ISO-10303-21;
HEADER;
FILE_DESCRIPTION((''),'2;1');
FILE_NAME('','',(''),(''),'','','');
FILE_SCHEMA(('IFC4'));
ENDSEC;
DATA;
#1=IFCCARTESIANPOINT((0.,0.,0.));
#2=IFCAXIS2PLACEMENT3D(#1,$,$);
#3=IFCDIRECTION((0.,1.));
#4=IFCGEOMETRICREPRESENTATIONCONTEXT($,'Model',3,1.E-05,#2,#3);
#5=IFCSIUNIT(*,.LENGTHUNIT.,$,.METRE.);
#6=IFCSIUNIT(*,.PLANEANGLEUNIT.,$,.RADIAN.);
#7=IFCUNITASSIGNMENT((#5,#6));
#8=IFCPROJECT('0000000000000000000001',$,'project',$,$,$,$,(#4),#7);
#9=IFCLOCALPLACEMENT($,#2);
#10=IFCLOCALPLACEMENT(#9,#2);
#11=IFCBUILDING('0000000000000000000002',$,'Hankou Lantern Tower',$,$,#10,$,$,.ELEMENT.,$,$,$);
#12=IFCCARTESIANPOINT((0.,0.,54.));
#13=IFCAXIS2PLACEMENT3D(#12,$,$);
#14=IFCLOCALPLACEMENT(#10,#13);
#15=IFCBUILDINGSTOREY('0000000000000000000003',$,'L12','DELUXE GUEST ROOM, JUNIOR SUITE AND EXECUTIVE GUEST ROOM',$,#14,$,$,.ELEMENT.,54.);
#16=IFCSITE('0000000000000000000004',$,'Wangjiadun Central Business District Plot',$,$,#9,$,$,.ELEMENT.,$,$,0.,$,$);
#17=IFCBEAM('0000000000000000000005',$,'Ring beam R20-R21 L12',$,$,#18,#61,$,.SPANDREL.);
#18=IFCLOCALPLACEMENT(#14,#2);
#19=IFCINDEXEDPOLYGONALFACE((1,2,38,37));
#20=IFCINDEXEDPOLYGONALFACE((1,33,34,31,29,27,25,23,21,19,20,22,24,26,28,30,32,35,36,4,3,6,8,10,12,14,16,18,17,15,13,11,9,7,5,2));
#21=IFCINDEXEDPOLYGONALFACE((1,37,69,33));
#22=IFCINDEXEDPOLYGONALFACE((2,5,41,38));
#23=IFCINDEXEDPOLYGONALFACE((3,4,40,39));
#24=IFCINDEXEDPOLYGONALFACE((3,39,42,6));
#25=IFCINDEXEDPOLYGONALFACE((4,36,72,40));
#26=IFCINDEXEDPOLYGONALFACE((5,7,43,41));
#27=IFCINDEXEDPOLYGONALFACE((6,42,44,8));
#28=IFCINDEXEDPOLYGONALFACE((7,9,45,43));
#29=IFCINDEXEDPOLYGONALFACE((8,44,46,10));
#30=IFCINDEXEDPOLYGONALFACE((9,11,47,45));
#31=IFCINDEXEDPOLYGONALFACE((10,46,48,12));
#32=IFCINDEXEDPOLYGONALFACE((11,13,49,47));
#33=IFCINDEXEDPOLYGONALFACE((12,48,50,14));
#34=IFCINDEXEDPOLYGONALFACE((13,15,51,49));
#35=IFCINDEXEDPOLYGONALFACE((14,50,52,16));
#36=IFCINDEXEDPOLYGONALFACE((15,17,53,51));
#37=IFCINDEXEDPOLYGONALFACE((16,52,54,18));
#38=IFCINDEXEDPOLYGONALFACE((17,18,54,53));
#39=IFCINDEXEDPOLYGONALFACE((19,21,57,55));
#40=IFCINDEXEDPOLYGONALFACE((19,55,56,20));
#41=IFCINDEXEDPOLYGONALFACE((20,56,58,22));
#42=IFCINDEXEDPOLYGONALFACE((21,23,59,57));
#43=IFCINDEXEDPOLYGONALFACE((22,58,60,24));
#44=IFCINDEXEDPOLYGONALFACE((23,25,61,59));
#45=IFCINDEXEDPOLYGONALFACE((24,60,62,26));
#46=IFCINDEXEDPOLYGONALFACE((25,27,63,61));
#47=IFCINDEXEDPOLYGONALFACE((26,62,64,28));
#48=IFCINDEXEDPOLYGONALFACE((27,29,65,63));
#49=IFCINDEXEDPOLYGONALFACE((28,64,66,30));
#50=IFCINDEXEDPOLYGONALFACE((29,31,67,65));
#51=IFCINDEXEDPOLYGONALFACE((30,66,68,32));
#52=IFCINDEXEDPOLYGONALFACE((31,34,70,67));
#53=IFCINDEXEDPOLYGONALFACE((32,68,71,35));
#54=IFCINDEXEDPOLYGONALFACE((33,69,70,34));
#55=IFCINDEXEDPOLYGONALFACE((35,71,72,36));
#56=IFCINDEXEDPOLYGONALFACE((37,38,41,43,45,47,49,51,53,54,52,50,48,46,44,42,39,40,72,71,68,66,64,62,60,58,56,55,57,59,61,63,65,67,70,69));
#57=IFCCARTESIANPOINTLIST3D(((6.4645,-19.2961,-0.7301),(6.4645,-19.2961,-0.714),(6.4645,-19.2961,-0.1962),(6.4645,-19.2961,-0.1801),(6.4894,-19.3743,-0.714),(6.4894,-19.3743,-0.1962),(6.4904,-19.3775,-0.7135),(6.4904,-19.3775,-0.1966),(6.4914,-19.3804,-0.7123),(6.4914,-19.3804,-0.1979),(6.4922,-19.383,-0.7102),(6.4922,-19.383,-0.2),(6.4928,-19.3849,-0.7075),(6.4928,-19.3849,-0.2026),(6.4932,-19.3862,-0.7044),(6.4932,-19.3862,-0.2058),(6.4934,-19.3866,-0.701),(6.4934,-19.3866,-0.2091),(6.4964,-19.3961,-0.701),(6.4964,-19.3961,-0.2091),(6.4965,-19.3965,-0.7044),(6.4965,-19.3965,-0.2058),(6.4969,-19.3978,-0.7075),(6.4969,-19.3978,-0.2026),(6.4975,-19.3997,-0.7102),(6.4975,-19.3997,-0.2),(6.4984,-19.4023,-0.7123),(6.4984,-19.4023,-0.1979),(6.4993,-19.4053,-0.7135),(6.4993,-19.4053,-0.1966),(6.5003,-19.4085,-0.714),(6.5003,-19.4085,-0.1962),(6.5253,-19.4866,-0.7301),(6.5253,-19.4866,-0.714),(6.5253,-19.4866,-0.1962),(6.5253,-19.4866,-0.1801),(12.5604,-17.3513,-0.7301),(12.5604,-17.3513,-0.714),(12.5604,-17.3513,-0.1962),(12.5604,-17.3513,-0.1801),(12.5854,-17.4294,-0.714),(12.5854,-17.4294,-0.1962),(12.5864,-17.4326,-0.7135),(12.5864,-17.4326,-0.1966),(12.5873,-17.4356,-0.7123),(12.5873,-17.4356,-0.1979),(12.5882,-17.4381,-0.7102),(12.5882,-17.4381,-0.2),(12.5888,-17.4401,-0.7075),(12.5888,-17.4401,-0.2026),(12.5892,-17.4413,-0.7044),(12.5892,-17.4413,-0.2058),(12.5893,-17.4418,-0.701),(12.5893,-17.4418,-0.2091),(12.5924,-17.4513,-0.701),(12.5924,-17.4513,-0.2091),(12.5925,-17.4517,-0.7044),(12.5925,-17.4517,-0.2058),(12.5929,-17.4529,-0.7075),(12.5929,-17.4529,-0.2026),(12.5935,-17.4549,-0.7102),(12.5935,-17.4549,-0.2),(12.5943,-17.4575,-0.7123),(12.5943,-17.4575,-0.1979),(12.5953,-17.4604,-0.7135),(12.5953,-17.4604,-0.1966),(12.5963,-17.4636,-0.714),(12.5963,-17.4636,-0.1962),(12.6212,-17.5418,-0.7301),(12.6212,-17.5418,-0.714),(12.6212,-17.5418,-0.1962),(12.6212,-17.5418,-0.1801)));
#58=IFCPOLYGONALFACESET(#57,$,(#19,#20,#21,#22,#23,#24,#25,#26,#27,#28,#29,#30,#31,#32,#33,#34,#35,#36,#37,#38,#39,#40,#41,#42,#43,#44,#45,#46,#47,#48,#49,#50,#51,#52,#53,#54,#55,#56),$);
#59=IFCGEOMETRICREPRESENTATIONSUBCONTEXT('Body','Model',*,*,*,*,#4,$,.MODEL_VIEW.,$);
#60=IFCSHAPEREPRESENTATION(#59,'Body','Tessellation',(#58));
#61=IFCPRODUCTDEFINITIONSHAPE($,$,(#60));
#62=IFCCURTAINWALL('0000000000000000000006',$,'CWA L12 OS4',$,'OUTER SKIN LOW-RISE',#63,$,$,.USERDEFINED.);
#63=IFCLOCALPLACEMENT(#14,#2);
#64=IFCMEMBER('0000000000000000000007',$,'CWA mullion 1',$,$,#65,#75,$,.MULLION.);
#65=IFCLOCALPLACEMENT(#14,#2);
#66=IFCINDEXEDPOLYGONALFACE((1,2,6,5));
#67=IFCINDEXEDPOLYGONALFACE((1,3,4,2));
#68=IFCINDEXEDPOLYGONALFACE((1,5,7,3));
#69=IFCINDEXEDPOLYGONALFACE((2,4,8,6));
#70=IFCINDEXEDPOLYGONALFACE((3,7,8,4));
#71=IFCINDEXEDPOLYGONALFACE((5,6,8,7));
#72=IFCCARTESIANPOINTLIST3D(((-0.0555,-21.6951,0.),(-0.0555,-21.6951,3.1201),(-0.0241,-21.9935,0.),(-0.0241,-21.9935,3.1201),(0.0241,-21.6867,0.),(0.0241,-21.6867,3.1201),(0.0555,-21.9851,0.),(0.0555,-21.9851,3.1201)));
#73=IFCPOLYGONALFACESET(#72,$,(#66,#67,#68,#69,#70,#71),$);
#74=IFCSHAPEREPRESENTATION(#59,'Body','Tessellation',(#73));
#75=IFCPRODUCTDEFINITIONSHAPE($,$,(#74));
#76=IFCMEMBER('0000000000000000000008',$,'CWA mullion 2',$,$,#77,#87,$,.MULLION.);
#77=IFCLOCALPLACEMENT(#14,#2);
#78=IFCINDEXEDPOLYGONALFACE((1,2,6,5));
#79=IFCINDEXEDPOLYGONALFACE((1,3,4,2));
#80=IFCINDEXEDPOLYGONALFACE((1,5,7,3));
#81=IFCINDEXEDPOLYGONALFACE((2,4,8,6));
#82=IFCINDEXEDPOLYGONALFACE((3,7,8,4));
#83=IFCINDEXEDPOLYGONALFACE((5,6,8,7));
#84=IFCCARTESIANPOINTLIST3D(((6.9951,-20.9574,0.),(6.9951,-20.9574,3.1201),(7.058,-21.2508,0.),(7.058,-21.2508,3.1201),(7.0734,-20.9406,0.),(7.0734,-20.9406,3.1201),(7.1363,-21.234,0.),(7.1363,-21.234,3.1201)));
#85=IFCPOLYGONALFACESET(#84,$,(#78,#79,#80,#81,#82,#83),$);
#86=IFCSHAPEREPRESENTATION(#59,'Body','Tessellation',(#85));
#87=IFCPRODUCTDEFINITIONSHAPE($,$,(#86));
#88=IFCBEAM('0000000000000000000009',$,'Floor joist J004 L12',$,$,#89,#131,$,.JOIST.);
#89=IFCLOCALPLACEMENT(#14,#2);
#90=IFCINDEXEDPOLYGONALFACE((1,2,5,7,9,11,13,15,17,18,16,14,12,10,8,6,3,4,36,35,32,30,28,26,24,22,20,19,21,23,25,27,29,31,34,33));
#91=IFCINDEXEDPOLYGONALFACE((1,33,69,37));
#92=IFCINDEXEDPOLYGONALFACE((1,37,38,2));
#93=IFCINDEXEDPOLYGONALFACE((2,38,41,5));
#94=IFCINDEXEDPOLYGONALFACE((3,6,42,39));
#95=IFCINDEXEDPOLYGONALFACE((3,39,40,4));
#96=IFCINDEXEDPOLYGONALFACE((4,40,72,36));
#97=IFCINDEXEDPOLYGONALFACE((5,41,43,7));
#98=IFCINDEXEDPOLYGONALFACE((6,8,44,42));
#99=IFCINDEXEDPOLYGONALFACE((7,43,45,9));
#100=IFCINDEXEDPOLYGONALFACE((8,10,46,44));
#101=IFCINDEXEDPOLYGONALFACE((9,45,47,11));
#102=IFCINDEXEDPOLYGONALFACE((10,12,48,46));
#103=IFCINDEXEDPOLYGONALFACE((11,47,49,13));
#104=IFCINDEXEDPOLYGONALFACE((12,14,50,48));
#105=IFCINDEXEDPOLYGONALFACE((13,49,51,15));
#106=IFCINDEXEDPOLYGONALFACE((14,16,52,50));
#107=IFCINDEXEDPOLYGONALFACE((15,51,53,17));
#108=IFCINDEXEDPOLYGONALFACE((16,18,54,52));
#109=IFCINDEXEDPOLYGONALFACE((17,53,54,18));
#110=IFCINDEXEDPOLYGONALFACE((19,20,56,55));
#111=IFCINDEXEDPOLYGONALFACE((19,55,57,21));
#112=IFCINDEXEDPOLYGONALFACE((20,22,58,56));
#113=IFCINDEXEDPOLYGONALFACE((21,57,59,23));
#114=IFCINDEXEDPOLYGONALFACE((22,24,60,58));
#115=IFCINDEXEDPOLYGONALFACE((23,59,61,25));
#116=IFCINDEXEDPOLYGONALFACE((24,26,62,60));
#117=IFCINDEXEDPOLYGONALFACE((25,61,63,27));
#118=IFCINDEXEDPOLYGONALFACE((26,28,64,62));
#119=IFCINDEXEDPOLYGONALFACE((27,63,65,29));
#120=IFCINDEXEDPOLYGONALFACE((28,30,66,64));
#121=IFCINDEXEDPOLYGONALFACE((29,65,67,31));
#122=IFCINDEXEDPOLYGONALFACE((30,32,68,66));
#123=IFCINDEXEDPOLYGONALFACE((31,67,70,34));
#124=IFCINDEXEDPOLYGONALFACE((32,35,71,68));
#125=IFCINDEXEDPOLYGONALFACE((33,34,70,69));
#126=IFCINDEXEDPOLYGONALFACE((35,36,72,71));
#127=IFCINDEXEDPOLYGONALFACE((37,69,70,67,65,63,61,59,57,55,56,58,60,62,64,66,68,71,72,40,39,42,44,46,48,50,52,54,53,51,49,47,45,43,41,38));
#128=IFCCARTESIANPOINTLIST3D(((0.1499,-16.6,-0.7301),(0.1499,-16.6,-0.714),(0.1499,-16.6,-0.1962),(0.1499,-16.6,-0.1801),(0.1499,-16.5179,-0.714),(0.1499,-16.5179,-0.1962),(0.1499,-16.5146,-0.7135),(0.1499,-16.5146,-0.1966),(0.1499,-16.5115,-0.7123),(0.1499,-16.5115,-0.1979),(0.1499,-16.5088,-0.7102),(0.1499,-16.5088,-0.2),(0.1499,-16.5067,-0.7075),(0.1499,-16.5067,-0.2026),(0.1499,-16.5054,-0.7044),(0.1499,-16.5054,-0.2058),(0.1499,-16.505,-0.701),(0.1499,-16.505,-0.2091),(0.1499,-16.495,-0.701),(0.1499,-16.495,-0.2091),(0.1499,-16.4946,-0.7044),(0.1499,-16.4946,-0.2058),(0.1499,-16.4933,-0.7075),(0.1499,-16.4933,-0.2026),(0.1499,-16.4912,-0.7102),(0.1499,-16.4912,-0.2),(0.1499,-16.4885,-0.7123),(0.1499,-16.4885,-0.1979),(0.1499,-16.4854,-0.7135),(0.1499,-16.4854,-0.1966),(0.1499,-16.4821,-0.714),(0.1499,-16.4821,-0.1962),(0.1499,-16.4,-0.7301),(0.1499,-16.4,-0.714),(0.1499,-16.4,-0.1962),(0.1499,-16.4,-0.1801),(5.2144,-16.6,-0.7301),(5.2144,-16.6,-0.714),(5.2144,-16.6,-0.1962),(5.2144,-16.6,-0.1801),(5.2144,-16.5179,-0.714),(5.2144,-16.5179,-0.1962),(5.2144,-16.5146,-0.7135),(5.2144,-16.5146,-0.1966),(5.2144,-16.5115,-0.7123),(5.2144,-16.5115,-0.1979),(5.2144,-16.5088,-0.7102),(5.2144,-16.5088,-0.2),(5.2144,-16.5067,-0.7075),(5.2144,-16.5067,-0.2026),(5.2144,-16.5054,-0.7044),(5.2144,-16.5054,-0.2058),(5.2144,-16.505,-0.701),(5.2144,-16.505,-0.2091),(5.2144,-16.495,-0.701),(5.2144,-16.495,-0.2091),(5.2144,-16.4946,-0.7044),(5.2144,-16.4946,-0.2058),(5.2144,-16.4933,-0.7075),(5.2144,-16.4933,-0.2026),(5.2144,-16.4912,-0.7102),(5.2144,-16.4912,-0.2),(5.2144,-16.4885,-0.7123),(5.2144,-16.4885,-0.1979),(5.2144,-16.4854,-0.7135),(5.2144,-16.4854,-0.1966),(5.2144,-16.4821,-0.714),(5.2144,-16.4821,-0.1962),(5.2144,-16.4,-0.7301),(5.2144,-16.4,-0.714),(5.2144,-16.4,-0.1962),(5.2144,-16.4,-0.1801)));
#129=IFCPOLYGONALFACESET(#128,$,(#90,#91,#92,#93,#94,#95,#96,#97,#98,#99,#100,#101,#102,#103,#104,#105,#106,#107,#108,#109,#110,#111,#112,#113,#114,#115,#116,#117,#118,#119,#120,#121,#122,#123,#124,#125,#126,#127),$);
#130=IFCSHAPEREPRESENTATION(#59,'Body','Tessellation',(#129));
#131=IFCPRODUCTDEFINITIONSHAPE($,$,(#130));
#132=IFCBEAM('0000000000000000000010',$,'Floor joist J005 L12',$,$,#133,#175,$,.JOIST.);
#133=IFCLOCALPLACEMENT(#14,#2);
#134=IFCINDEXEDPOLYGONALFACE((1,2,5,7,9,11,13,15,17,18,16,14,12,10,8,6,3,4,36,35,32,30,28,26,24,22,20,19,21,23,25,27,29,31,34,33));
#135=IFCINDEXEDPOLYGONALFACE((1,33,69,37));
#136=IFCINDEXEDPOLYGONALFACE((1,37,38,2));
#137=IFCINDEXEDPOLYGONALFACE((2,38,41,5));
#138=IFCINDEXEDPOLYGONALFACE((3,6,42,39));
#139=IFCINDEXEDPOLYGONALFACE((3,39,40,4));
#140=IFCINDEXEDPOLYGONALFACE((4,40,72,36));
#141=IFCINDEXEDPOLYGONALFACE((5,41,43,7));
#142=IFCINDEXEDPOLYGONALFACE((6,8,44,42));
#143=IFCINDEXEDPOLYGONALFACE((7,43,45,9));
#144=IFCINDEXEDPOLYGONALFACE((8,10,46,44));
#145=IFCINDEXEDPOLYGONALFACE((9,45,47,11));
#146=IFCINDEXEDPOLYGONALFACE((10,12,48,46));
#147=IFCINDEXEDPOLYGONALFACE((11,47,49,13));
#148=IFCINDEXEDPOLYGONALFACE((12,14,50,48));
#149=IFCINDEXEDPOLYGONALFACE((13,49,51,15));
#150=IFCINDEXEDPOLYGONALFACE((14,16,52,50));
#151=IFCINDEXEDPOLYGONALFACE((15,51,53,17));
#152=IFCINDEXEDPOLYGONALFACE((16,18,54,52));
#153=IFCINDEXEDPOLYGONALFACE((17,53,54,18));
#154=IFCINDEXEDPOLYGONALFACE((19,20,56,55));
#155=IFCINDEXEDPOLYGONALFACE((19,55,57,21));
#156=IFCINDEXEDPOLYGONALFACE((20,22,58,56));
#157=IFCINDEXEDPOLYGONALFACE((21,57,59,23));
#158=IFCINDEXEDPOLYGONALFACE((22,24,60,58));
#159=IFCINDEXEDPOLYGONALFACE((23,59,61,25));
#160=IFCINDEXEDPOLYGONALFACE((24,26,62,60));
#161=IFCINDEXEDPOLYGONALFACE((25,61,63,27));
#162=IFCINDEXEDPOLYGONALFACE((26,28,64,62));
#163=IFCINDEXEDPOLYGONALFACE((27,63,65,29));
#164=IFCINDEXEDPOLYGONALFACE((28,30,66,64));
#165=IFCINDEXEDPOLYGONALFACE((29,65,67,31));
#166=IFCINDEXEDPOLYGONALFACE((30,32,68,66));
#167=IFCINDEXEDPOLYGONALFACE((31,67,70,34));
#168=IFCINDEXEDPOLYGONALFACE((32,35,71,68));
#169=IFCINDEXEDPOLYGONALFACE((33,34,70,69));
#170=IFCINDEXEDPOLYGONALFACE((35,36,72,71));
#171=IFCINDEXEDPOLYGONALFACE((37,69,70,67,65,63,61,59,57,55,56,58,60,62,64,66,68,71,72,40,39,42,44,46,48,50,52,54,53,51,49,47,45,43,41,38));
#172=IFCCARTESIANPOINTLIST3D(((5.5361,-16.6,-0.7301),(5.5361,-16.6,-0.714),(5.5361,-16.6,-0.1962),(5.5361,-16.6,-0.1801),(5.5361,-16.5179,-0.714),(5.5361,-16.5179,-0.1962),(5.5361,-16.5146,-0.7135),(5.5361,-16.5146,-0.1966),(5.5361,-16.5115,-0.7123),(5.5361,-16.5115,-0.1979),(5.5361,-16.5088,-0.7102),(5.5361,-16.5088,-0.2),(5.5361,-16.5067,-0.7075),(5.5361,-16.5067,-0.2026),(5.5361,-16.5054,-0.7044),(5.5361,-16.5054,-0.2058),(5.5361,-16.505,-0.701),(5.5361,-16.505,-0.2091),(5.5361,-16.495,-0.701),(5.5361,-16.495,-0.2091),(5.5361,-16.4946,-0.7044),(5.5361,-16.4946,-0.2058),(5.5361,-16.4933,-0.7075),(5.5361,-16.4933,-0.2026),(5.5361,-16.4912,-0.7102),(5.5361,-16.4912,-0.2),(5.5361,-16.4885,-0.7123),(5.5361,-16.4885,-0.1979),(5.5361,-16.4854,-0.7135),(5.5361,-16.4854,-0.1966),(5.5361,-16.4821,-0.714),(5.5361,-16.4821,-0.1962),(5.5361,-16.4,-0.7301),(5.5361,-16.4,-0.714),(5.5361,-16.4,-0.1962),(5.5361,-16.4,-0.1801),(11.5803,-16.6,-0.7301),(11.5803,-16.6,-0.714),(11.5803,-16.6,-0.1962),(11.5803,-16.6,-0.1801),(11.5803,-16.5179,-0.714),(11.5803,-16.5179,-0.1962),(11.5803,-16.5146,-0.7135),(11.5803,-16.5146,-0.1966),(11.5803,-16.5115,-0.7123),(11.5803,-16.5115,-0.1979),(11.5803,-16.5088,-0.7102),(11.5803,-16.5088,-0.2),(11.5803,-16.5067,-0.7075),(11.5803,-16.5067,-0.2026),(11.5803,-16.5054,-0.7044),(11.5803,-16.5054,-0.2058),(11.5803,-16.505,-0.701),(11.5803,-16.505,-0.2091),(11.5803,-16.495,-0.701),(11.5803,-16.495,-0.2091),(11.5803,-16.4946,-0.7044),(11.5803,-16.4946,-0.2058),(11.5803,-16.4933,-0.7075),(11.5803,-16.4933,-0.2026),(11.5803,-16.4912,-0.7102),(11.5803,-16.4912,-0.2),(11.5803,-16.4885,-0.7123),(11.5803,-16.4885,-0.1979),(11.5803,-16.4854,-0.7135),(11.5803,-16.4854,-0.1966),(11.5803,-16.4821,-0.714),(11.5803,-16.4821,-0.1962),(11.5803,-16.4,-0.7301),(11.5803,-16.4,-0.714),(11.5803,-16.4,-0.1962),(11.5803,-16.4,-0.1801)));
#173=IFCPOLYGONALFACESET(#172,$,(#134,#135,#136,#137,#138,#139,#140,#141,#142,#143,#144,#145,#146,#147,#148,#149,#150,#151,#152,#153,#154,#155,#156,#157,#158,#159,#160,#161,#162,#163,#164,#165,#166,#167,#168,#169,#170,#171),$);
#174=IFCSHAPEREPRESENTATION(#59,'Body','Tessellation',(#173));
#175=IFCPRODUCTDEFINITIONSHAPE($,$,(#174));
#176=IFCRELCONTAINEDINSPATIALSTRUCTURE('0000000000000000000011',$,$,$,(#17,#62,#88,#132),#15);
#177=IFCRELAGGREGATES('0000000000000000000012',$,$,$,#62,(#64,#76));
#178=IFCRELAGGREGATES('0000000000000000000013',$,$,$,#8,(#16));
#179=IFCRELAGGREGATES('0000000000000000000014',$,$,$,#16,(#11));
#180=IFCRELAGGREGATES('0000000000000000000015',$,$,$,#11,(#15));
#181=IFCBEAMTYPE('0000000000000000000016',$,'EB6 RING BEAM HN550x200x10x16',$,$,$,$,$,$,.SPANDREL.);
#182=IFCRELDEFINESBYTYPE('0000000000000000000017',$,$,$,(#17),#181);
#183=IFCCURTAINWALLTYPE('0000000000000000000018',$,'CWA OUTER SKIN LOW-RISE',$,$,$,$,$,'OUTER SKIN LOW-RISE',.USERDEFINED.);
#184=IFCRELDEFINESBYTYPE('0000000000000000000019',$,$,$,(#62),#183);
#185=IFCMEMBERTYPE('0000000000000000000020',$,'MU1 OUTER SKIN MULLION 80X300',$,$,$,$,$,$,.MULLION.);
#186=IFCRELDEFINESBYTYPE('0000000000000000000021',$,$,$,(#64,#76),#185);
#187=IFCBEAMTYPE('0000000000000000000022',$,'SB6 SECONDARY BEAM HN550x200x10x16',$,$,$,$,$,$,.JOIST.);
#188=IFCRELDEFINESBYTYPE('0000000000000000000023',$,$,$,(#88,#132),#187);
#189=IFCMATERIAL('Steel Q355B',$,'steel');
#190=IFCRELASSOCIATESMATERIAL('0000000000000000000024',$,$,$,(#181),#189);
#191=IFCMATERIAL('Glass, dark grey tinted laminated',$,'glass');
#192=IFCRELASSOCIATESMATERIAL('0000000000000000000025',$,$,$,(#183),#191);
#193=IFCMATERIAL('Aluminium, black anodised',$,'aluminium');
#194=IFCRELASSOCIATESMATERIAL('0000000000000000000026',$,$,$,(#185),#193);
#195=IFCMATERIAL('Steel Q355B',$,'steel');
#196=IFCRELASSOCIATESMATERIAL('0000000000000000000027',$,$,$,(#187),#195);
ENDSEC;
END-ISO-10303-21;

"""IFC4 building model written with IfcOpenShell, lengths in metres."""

from ifc_helpers import new_model, si_unit, direction, frame, origin, origin_2d, place, context, subcontext, project, spatial, rectangle, i_section, extrude, material, material_profile, profile_set, type_object, element, aggregate, save


model = new_model("IFC4")

# Units and contexts
model_context = context("Model", 3, precision=1e-05, world=origin(), true_north=direction((0.0, 1.0)))
body_context = subcontext(model_context, "Body", "Model", "MODEL_VIEW")
ifc_project = project(units=[si_unit("LENGTHUNIT", "METRE"), si_unit("PLANEANGLEUNIT", "RADIAN")], contexts=[model_context])

# Site, building, storey
site_placement = place(None, origin())
site = spatial("IfcSite", under=ifc_project, at=site_placement, Name="Wangjiadun Central Business District Plot", CompositionType="ELEMENT", RefElevation=0.0)
building_placement = place(site_placement, origin())
building = spatial("IfcBuilding", under=site, at=building_placement, Name="Hankou Lantern Tower", CompositionType="ELEMENT")
storey_placement = place(building_placement, frame((0.0, 0.0, 54.0)))
storey = spatial("IfcBuildingStorey", under=building, at=storey_placement, Name="L12", Description="DELUXE GUEST ROOM, JUNIOR SUITE AND EXECUTIVE GUEST ROOM", CompositionType="ELEMENT", Elevation=54.0)

# Beam
ifc_material_1 = material(Name="Steel Q355B", Category="steel")
ifc_material_profile_1 = material_profile(ifc_material_1, i_section(OverallWidth=0.2, OverallDepth=0.55, WebThickness=0.01, FlangeThickness=0.0161, FilletRadius=0.0129, at=origin_2d()), Name="HN550x200x10x16")
ifc_profile_set_1 = profile_set([ifc_material_profile_1], Name="Steel Q355B")
beam_type_1 = type_object("IfcBeamType", Name="EB6 RING BEAM HN550x200x10x16", PredefinedType="SPANDREL", material=ifc_profile_set_1)
beam_1_placement = place(storey_placement, frame((6.4949, -19.3914, -0.4551), z_axis=(0.95269, 0.303942, 0.0), x_axis=(-0.303942, 0.95269, 0.0)))
element("IfcBeam", 1, at=beam_1_placement, inside=storey, type_object=beam_type_1, Name="Ring beam R20-R21 L12", PredefinedType="SPANDREL", context=body_context, shape_type="SweptSolid", body=[
    extrude(i_section(OverallWidth=0.2, OverallDepth=0.55, WebThickness=0.01, FlangeThickness=0.0161, FilletRadius=0.0129, at=origin_2d()), origin(), (0.0, 0.0, 1.0), 6.3987),
])

# Curtain wall, members
ifc_material_2 = material(Name="Glass, dark grey tinted laminated", Category="glass")
curtain_wall_type = type_object("IfcCurtainWallType", Name="CWA OUTER SKIN LOW-RISE", ElementType="OUTER SKIN LOW-RISE", PredefinedType="USERDEFINED", material=ifc_material_2)
curtain_wall_placement = place(storey_placement, origin())
curtain_wall = element("IfcCurtainWall", 2, at=curtain_wall_placement, inside=storey, type_object=curtain_wall_type, Name="CWA L12 OS4", ObjectType="OUTER SKIN LOW-RISE", PredefinedType="USERDEFINED")
ifc_material_3 = material(Name="Aluminium, black anodised", Category="aluminium")
ifc_material_profile_2 = material_profile(ifc_material_3, rectangle(XDim=0.0801, YDim=0.3, at=origin_2d()), Name="MU1 80X300")
ifc_profile_set_2 = profile_set([ifc_material_profile_2], Name="Aluminium, black anodised")
member_type_1 = type_object("IfcMemberType", Name="MU1 OUTER SKIN MULLION 80X300", PredefinedType="MULLION", material=ifc_profile_set_2)
member_1_placement = place(storey_placement, frame((0.0, -21.8401, 0.0), z_axis=(0.0, 0.0, 1.0), x_axis=(0.994499, 0.104743, 0.0)))
member_1 = element("IfcMember", 3, at=member_1_placement, type_object=member_type_1, Name="CWA mullion 1", PredefinedType="MULLION", context=body_context, shape_type="SweptSolid", body=[
    extrude(rectangle(XDim=0.0801, YDim=0.3, at=origin_2d()), origin(), (0.0, 0.0, 1.0), 3.1201),
])
member_2_placement = place(storey_placement, frame((7.0657, -21.0957, 0.0), z_axis=(0.0, 0.0, 1.0), x_axis=(0.977788, 0.209598, 0.0)))
member_2 = element("IfcMember", 4, at=member_2_placement, type_object=member_type_1, Name="CWA mullion 2", PredefinedType="MULLION", context=body_context, shape_type="SweptSolid", body=[
    extrude(rectangle(XDim=0.0801, YDim=0.3, at=origin_2d()), origin(), (0.0, 0.0, 1.0), 3.1201),
])

# Beams
ifc_material_4 = material(Name="Steel Q355B", Category="steel")
ifc_material_profile_3 = material_profile(ifc_material_4, i_section(OverallWidth=0.2, OverallDepth=0.55, WebThickness=0.01, FlangeThickness=0.0161, FilletRadius=0.0129, at=origin_2d()), Name="HN550x200x10x16")
ifc_profile_set_3 = profile_set([ifc_material_profile_3], Name="Steel Q355B")
beam_type_2 = type_object("IfcBeamType", Name="SB6 SECONDARY BEAM HN550x200x10x16", PredefinedType="JOIST", material=ifc_profile_set_3)
beam_2_placement = place(storey_placement, frame((0.1499, -16.5, -0.4551), z_axis=(1.0, 0.0, 0.0), x_axis=(0.0, 1.0, 0.0)))
element("IfcBeam", 5, at=beam_2_placement, inside=storey, type_object=beam_type_2, Name="Floor joist J004 L12", PredefinedType="JOIST", context=body_context, shape_type="SweptSolid", body=[
    extrude(i_section(OverallWidth=0.2, OverallDepth=0.55, WebThickness=0.01, FlangeThickness=0.0161, FilletRadius=0.0129, at=origin_2d()), origin(), (0.0, 0.0, 1.0), 5.0645),
])
beam_3_placement = place(storey_placement, frame((5.5361, -16.5, -0.4551), z_axis=(1.0, 0.0, 0.0), x_axis=(0.0, 1.0, 0.0)))
element("IfcBeam", 6, at=beam_3_placement, inside=storey, type_object=beam_type_2, Name="Floor joist J005 L12", PredefinedType="JOIST", context=body_context, shape_type="SweptSolid", body=[
    extrude(i_section(OverallWidth=0.2, OverallDepth=0.55, WebThickness=0.01, FlangeThickness=0.0161, FilletRadius=0.0129, at=origin_2d()), origin(), (0.0, 0.0, 1.0), 6.0442),
])

aggregate(curtain_wall, [member_1, member_2])

save(model, "model.ifc")
